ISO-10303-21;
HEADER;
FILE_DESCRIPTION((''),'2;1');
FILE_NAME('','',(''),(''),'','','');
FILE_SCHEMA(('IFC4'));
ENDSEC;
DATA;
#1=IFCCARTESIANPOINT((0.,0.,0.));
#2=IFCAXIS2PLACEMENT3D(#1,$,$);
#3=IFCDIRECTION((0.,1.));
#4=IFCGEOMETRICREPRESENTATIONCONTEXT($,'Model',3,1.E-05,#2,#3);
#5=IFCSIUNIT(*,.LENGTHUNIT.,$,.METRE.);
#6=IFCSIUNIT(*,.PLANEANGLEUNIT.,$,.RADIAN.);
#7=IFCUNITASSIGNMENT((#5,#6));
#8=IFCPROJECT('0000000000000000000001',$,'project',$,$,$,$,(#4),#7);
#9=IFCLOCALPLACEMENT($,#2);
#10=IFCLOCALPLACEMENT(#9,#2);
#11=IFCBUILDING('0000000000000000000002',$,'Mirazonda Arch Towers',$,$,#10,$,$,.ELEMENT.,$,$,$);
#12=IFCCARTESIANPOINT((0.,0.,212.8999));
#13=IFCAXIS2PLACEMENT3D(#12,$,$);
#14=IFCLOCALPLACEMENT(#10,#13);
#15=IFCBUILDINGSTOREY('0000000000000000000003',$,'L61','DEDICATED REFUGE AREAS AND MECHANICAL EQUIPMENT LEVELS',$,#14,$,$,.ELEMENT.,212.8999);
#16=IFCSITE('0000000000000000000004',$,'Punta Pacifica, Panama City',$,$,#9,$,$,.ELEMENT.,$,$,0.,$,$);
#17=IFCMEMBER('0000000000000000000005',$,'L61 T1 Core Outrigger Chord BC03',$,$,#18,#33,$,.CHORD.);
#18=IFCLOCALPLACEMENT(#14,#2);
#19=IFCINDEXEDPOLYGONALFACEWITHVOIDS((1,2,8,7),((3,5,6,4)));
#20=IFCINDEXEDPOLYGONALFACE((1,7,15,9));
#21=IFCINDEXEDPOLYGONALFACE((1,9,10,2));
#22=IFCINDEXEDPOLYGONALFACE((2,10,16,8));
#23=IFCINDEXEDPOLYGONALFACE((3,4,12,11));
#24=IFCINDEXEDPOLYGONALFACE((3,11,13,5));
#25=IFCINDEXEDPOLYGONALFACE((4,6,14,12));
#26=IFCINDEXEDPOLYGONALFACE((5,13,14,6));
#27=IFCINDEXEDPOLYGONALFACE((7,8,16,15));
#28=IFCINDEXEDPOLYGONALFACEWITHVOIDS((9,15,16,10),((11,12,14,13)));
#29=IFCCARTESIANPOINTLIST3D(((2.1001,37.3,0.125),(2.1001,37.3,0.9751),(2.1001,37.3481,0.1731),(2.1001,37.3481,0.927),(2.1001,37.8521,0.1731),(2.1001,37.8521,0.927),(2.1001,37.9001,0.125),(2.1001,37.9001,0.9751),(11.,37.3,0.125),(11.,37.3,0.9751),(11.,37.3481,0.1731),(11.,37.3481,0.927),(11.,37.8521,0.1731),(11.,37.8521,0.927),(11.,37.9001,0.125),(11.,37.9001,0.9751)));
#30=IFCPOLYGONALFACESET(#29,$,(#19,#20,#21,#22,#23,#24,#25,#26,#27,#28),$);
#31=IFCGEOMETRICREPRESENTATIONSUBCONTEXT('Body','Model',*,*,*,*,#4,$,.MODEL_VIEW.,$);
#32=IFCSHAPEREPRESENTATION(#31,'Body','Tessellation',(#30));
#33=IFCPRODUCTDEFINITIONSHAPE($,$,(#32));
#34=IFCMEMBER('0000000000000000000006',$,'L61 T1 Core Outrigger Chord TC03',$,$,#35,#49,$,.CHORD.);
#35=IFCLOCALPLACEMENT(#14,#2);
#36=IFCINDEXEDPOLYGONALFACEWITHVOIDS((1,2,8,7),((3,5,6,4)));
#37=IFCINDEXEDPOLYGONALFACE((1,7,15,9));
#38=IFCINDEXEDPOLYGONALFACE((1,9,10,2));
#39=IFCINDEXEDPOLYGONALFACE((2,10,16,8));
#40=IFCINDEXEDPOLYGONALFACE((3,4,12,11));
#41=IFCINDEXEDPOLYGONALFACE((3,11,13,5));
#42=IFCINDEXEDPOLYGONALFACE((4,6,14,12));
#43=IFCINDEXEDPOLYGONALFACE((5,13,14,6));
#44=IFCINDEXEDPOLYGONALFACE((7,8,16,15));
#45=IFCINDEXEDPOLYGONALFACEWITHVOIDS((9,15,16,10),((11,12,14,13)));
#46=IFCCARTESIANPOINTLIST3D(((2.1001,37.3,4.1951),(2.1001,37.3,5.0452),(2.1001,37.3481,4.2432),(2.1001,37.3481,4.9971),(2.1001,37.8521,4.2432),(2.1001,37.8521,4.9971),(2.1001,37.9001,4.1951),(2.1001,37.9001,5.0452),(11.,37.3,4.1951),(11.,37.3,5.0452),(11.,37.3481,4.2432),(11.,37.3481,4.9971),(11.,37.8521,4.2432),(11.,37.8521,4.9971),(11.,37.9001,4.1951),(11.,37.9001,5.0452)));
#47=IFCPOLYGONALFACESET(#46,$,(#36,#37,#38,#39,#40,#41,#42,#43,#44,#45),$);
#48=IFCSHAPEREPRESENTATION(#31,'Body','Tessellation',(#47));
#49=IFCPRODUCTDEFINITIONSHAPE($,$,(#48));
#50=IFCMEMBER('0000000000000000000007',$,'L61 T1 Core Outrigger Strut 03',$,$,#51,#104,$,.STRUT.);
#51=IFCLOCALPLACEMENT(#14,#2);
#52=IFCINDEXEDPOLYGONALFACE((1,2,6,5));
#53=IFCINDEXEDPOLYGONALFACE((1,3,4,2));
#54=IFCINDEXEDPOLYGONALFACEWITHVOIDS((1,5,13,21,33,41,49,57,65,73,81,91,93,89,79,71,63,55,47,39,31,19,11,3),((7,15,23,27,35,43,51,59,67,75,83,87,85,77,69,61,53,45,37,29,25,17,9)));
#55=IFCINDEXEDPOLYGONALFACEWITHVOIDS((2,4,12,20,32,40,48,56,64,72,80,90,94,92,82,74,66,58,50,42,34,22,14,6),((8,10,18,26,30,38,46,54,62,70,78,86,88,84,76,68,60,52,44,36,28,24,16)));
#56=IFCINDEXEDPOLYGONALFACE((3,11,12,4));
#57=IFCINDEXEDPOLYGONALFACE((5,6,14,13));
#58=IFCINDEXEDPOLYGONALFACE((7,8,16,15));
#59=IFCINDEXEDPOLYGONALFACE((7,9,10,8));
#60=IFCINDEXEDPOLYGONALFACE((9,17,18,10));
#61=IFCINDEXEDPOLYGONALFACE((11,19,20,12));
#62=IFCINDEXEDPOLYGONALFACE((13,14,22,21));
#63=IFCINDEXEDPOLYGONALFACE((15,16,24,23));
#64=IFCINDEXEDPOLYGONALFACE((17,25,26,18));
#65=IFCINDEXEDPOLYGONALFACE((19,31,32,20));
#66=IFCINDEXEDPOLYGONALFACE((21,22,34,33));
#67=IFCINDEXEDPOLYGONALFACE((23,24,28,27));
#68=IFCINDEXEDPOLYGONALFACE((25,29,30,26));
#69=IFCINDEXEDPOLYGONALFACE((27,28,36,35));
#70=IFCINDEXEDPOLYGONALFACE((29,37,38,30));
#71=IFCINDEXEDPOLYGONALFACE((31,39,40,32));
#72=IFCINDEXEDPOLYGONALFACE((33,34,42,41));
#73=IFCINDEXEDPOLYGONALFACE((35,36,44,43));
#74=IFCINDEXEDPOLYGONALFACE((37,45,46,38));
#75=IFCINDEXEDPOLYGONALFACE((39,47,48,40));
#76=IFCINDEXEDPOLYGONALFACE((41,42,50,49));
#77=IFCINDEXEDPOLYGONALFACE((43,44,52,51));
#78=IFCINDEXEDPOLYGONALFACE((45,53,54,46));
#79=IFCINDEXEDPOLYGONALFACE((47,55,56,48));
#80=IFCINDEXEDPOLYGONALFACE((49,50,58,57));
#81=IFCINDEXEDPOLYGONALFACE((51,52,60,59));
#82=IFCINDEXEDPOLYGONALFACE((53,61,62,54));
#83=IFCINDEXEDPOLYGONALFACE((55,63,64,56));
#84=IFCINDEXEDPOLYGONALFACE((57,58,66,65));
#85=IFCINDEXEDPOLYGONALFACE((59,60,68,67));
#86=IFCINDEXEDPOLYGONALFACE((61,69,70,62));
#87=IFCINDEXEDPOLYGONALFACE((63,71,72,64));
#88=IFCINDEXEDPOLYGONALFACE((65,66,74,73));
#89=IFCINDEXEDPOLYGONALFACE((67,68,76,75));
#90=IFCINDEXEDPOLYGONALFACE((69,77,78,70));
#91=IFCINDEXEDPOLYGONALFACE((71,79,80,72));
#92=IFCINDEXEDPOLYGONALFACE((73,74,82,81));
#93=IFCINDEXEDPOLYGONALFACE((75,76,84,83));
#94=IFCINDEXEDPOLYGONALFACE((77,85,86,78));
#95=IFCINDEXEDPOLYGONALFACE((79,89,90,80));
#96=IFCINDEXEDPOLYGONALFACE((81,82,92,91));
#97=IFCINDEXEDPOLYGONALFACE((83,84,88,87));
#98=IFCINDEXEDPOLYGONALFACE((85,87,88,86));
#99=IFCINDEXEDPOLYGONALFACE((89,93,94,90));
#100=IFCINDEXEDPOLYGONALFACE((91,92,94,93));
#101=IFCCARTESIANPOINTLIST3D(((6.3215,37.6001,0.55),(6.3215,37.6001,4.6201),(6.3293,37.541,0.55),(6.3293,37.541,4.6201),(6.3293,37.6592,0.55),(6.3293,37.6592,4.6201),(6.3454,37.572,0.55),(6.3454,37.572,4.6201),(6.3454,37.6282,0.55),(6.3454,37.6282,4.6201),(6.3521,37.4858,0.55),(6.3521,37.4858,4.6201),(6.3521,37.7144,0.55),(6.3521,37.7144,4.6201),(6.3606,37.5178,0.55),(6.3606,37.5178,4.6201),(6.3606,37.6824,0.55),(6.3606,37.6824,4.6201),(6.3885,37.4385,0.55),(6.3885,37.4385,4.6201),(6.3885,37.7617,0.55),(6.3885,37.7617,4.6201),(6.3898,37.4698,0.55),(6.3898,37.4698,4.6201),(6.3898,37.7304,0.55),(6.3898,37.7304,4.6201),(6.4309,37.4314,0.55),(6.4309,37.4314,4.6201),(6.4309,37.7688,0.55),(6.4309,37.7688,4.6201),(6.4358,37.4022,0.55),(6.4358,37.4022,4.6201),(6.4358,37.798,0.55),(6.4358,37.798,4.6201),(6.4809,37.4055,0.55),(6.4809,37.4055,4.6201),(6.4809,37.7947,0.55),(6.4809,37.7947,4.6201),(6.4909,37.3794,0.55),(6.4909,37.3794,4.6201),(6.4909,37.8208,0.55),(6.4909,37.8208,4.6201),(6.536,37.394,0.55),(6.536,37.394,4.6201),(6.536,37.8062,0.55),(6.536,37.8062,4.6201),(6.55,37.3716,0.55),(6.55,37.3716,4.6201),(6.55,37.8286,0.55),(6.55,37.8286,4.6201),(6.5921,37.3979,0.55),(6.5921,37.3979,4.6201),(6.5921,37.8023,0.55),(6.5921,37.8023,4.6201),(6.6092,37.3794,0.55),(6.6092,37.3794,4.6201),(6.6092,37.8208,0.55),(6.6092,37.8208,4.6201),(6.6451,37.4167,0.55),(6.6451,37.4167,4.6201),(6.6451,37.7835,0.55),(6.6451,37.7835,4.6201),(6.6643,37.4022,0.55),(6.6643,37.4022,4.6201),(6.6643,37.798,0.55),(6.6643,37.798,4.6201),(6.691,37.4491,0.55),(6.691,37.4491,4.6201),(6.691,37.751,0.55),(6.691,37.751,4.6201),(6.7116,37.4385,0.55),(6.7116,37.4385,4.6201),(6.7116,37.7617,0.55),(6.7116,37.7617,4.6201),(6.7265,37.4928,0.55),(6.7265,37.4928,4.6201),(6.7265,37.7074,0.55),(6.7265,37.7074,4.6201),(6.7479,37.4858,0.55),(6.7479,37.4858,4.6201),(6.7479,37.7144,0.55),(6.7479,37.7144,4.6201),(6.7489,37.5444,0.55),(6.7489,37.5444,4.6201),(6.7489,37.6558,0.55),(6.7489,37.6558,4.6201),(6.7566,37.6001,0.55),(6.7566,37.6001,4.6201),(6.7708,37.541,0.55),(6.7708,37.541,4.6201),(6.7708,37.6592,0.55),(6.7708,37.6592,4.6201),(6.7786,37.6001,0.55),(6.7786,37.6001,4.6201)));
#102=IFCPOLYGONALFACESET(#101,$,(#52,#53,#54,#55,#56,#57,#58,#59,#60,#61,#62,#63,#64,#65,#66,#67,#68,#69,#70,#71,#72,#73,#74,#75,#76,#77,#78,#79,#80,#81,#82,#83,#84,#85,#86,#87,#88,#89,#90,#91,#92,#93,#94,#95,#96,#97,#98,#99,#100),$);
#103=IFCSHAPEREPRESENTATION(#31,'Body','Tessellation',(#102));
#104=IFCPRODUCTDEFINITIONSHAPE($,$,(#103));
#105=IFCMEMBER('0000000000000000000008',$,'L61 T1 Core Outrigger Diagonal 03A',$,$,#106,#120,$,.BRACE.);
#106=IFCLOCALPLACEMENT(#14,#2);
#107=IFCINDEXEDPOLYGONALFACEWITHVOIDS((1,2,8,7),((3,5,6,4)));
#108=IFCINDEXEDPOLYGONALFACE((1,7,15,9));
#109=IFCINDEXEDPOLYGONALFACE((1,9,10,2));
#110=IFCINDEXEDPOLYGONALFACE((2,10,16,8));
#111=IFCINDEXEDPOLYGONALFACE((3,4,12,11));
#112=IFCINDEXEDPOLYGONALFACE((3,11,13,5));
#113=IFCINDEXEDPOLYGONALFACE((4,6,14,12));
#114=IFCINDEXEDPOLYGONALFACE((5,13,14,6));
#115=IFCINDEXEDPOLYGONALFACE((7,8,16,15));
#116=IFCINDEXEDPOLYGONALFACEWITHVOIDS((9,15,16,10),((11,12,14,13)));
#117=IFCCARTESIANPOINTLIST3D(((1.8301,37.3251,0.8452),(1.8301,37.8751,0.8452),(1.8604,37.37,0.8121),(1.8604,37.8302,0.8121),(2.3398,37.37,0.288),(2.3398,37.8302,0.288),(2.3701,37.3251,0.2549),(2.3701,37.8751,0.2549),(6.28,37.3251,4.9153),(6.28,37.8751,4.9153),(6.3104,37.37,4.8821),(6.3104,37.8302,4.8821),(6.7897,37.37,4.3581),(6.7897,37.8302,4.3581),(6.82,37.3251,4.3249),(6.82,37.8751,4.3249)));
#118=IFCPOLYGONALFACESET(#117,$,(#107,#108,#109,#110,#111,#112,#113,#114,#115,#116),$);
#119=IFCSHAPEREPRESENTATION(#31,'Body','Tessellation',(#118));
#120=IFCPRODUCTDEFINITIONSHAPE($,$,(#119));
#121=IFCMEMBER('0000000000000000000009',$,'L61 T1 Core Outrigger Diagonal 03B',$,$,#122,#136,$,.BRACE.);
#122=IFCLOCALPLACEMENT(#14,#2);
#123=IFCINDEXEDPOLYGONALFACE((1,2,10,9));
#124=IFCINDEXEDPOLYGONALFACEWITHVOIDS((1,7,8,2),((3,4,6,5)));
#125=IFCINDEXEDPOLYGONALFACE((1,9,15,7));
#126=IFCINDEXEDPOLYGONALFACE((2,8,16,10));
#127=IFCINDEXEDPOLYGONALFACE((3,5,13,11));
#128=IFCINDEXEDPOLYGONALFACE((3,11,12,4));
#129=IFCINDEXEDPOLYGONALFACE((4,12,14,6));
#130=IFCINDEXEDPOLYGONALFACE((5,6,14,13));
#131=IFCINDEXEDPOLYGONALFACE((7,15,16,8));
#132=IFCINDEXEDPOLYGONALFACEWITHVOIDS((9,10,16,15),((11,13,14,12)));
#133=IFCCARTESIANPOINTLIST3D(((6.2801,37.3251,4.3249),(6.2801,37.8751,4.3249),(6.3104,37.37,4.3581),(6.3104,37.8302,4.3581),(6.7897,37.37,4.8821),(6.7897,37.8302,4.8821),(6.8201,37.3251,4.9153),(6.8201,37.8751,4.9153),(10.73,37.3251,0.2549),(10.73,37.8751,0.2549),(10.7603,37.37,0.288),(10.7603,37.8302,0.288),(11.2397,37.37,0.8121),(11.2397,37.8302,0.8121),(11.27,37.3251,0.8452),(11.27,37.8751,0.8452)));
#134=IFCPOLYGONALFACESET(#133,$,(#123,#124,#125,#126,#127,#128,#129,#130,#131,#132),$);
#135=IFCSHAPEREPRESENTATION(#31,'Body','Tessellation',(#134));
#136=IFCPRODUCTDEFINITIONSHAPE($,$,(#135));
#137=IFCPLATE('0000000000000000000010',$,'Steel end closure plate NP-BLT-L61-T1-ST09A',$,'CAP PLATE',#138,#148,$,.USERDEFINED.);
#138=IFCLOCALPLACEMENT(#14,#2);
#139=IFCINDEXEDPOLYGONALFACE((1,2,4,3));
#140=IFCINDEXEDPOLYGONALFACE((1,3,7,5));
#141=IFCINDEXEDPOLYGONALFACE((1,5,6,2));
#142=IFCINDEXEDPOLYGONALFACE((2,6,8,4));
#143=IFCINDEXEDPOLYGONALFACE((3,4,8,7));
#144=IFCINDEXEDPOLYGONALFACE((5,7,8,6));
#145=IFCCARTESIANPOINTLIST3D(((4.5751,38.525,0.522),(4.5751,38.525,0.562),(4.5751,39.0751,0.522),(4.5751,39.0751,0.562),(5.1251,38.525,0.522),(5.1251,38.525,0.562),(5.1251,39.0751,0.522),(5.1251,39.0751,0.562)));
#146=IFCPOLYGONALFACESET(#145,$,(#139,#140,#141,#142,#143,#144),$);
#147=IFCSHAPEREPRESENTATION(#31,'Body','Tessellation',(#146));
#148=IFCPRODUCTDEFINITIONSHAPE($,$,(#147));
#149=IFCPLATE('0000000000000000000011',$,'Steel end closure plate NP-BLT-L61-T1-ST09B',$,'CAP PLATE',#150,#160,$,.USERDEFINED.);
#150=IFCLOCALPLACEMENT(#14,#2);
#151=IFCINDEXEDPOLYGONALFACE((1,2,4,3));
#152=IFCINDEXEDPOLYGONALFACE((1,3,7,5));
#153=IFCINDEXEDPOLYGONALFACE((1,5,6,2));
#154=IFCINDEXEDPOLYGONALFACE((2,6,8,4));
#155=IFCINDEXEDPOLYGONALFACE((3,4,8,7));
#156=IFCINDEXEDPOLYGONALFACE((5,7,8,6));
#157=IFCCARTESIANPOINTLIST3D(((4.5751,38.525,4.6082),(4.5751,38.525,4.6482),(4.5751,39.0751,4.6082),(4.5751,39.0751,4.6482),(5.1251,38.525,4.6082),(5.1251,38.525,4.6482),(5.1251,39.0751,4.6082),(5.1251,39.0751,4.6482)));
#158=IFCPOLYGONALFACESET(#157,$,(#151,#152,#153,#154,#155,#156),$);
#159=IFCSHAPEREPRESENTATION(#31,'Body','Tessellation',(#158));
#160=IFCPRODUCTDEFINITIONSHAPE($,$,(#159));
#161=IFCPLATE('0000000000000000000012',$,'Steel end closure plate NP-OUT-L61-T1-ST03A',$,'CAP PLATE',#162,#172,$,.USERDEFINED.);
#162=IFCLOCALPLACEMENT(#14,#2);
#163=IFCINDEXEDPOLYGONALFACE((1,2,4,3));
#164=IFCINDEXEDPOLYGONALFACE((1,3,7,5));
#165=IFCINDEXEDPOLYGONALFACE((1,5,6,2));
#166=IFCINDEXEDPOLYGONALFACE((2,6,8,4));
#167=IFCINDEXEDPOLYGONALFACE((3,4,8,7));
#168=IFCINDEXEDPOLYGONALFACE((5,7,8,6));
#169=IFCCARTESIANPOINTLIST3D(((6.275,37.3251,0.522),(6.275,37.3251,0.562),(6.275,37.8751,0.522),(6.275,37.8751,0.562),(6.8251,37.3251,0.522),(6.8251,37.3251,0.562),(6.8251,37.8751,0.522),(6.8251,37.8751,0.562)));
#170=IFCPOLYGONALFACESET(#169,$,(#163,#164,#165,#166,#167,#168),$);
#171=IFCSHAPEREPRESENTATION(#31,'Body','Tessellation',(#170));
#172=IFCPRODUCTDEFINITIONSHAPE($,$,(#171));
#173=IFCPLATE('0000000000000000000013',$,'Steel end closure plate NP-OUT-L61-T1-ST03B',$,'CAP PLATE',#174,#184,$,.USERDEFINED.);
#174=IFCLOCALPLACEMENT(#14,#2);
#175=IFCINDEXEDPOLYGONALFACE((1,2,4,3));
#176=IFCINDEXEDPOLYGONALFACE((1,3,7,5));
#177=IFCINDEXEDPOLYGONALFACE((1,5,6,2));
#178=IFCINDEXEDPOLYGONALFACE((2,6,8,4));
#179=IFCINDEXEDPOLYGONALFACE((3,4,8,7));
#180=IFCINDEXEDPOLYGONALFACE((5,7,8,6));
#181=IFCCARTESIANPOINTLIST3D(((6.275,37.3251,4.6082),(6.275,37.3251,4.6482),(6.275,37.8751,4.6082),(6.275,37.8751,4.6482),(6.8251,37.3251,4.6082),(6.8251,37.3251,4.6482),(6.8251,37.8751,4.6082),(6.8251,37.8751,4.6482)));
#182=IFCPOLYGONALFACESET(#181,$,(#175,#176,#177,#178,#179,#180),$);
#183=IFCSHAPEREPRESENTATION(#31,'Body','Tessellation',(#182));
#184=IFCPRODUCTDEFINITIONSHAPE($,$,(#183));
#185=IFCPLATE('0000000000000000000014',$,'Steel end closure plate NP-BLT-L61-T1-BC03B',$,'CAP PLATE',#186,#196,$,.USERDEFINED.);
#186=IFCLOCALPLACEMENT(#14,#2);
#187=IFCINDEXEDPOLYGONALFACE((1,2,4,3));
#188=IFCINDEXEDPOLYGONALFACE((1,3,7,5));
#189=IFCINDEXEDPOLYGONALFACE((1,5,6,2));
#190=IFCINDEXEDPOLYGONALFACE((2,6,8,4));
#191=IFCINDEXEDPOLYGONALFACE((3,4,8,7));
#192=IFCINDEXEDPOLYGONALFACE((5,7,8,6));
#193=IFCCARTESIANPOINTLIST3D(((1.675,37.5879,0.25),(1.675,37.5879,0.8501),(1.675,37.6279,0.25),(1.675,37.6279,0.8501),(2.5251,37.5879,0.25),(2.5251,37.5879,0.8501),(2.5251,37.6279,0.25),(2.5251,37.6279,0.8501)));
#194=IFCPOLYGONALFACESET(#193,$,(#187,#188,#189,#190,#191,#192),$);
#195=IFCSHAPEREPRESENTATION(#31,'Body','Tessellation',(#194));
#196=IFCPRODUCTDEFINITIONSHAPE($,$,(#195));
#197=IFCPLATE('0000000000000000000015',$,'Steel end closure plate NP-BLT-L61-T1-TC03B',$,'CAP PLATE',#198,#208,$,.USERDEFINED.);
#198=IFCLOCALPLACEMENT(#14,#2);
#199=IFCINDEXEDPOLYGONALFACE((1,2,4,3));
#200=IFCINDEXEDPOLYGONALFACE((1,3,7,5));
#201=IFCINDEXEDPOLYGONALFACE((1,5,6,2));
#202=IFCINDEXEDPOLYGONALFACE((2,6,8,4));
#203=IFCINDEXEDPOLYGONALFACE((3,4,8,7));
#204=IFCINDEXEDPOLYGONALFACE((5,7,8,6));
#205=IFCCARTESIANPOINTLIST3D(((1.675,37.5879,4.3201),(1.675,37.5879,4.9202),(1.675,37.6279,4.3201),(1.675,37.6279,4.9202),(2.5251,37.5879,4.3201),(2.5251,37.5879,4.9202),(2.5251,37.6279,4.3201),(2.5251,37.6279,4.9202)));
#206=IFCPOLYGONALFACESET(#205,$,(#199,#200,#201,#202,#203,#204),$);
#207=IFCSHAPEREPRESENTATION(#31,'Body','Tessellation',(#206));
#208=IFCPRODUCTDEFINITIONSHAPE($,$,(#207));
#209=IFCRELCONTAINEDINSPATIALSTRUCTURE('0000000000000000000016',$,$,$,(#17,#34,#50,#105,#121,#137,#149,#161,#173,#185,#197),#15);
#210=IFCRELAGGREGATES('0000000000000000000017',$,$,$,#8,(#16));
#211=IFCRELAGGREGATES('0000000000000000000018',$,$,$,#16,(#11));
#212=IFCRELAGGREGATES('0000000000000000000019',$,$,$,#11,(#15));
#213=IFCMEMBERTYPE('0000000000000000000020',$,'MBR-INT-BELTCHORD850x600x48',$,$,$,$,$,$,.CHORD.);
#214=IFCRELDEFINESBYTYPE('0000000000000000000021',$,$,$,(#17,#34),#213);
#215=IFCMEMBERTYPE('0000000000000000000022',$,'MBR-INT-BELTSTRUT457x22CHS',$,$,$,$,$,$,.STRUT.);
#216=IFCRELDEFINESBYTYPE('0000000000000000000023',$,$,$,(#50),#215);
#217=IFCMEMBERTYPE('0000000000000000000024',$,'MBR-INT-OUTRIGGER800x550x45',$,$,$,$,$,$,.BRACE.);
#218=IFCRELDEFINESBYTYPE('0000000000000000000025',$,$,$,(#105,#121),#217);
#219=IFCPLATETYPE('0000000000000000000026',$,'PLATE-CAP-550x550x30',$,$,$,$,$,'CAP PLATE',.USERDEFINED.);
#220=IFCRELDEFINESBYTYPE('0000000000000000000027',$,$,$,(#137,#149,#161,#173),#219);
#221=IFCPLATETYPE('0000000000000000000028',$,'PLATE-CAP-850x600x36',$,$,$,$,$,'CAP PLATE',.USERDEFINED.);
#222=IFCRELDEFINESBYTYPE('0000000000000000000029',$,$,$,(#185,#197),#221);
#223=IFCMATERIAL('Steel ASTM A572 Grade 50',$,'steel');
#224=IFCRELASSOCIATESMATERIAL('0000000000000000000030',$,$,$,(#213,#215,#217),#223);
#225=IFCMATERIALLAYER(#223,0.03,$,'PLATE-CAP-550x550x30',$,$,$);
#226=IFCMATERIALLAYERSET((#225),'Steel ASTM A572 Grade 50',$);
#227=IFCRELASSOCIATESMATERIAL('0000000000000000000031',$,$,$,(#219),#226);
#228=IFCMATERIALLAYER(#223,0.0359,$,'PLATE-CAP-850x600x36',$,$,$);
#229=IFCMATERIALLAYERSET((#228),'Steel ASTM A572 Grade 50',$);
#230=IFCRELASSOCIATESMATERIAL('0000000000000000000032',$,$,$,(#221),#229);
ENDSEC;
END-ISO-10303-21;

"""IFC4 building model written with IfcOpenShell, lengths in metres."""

from ifc_helpers import new_model, si_unit, direction, frame, origin, origin_2d, place, context, subcontext, project, spatial, rectangle, hollow_rectangle, hollow_circle, extrude, material, layer, layer_set, material_profile, profile_set, type_object, element, save


model = new_model("IFC4")

# Units and contexts
model_context = context("Model", 3, precision=1e-05, world=origin(), true_north=direction((0.0, 1.0)))
body_context = subcontext(model_context, "Body", "Model", "MODEL_VIEW")
ifc_project = project(units=[si_unit("LENGTHUNIT", "METRE"), si_unit("PLANEANGLEUNIT", "RADIAN")], contexts=[model_context])

# Site, building, storey
site_placement = place(None, origin())
site = spatial("IfcSite", under=ifc_project, at=site_placement, Name="Punta Pacifica, Panama City", CompositionType="ELEMENT", RefElevation=0.0)
building_placement = place(site_placement, origin())
building = spatial("IfcBuilding", under=site, at=building_placement, Name="Mirazonda Arch Towers", CompositionType="ELEMENT")
storey_placement = place(building_placement, frame((0.0, 0.0, 212.8999)))
storey = spatial("IfcBuildingStorey", under=building, at=storey_placement, Name="L61", Description="DEDICATED REFUGE AREAS AND MECHANICAL EQUIPMENT LEVELS", CompositionType="ELEMENT", Elevation=212.8999)

# Members
ifc_material_1 = material(Name="Steel ASTM A572 Grade 50", Category="steel")
ifc_material_profile_1 = material_profile(ifc_material_1, hollow_rectangle(XDim=0.6001, YDim=0.8501, WallThickness=0.0481, at=origin_2d()), Name="BELTCHORD850x600x48")
ifc_profile_set_1 = profile_set([ifc_material_profile_1], Name="Steel ASTM A572 Grade 50")
member_type_1 = type_object("IfcMemberType", Name="MBR-INT-BELTCHORD850x600x48", PredefinedType="CHORD", material=ifc_profile_set_1)
for number, where, z_axis, x_axis, name in (
    (1, (2.1001, 37.6001, 0.55), (1.0, 0.0, 0.0), (0.0, 1.0, 0.0), "L61 T1 Core Outrigger Chord BC03"),
    (2, (2.1001, 37.6001, 4.6201), (1.0, 0.0, 0.0), (0.0, 1.0, 0.0), "L61 T1 Core Outrigger Chord TC03"),
):
    element("IfcMember", number, at=place(storey_placement, frame(where, z_axis=z_axis, x_axis=x_axis)), inside=storey, type_object=member_type_1, Name=name, PredefinedType="CHORD", context=body_context, shape_type="SweptSolid", body=[
        extrude(hollow_rectangle(XDim=0.6001, YDim=0.8501, WallThickness=0.0481, at=origin_2d()), origin(), (0.0, 0.0, 1.0), 8.8999),
    ])
ifc_material_profile_2 = material_profile(ifc_material_1, hollow_circle(Radius=0.2285, WallThickness=0.022, at=origin_2d()), Name="BELTSTRUT457x22CHS")
ifc_profile_set_2 = profile_set([ifc_material_profile_2], Name="Steel ASTM A572 Grade 50")
member_type_2 = type_object("IfcMemberType", Name="MBR-INT-BELTSTRUT457x22CHS", PredefinedType="STRUT", material=ifc_profile_set_2)
member_1_placement = place(storey_placement, frame((6.55, 37.6001, 0.55), z_axis=(0.0, 0.0, 1.0), x_axis=(1.0, 0.0, 0.0)))
element("IfcMember", 3, at=member_1_placement, inside=storey, type_object=member_type_2, Name="L61 T1 Core Outrigger Strut 03", PredefinedType="STRUT", context=body_context, shape_type="SweptSolid", body=[
    extrude(hollow_circle(Radius=0.2285, WallThickness=0.022, at=origin_2d()), origin(), (0.0, 0.0, 1.0), 4.0701),
])
ifc_material_profile_3 = material_profile(ifc_material_1, hollow_rectangle(XDim=0.55, YDim=0.8, WallThickness=0.0449, at=origin_2d()), Name="OUTRIGGER800x550x45")
ifc_profile_set_3 = profile_set([ifc_material_profile_3], Name="Steel ASTM A572 Grade 50")
member_type_3 = type_object("IfcMemberType", Name="MBR-INT-OUTRIGGER800x550x45", PredefinedType="BRACE", material=ifc_profile_set_3)
for number, where, z_axis, x_axis, name in (
    (4, (2.1001, 37.6001, 0.55), (0.737901, 0.0, 0.674908), (0.0, 1.0, 0.0), "L61 T1 Core Outrigger Diagonal 03A"),
    (5, (11.0, 37.6001, 0.55), (-0.737901, 0.0, 0.674908), (0.0, -1.0, 0.0), "L61 T1 Core Outrigger Diagonal 03B"),
):
    element("IfcMember", number, at=place(storey_placement, frame(where, z_axis=z_axis, x_axis=x_axis)), inside=storey, type_object=member_type_3, Name=name, PredefinedType="BRACE", context=body_context, shape_type="SweptSolid", body=[
        extrude(hollow_rectangle(XDim=0.55, YDim=0.8, WallThickness=0.0449, at=origin_2d()), origin(), (0.0, 0.0, 1.0), 6.0305),
    ])

# Plates
ifc_layer_1 = layer(ifc_material_1, 0.03, Name="PLATE-CAP-550x550x30")
ifc_layer_set_1 = layer_set([ifc_layer_1], Name="Steel ASTM A572 Grade 50")
plate_type_1 = type_object("IfcPlateType", Name="PLATE-CAP-550x550x30", ElementType="CAP PLATE", PredefinedType="USERDEFINED", material=ifc_layer_set_1)
for number, where, z_axis, x_axis, name in (
    (6, (4.8501, 38.8, 0.522), (0.0, 0.0, 1.0), (1.0, 0.0, 0.0), "Steel end closure plate NP-BLT-L61-T1-ST09A"),
    (7, (4.8501, 38.8, 4.6082), (0.0, 0.0, 1.0), (1.0, 0.0, 0.0), "Steel end closure plate NP-BLT-L61-T1-ST09B"),
    (8, (6.55, 37.6001, 0.522), (0.0, 0.0, 1.0), (1.0, 0.0, 0.0), "Steel end closure plate NP-OUT-L61-T1-ST03A"),
    (9, (6.55, 37.6001, 4.6082), (0.0, 0.0, 1.0), (1.0, 0.0, 0.0), "Steel end closure plate NP-OUT-L61-T1-ST03B"),
):
    element("IfcPlate", number, at=place(storey_placement, frame(where, z_axis=z_axis, x_axis=x_axis)), inside=storey, type_object=plate_type_1, Name=name, ObjectType="CAP PLATE", PredefinedType="USERDEFINED", context=body_context, shape_type="SweptSolid", body=[
        extrude(rectangle(XDim=0.55, YDim=0.55, at=origin_2d()), origin(), (0.0, 0.0, 1.0), 0.04),
    ])
ifc_layer_2 = layer(ifc_material_1, 0.0359, Name="PLATE-CAP-850x600x36")
ifc_layer_set_2 = layer_set([ifc_layer_2], Name="Steel ASTM A572 Grade 50")
plate_type_2 = type_object("IfcPlateType", Name="PLATE-CAP-850x600x36", ElementType="CAP PLATE", PredefinedType="USERDEFINED", material=ifc_layer_set_2)
for number, where, z_axis, x_axis, name in (
    (10, (2.1001, 37.6079, 0.25), (0.0, 0.0, 1.0), (0.0, 1.0, 0.0), "Steel end closure plate NP-BLT-L61-T1-BC03B"),
    (11, (2.1001, 37.6079, 4.3201), (0.0, 0.0, 1.0), (0.0, 1.0, 0.0), "Steel end closure plate NP-BLT-L61-T1-TC03B"),
):
    element("IfcPlate", number, at=place(storey_placement, frame(where, z_axis=z_axis, x_axis=x_axis)), inside=storey, type_object=plate_type_2, Name=name, ObjectType="CAP PLATE", PredefinedType="USERDEFINED", context=body_context, shape_type="SweptSolid", body=[
        extrude(rectangle(XDim=0.04, YDim=0.8501, at=origin_2d()), origin(), (0.0, 0.0, 1.0), 0.6001),
    ])

save(model, "model.ifc")
